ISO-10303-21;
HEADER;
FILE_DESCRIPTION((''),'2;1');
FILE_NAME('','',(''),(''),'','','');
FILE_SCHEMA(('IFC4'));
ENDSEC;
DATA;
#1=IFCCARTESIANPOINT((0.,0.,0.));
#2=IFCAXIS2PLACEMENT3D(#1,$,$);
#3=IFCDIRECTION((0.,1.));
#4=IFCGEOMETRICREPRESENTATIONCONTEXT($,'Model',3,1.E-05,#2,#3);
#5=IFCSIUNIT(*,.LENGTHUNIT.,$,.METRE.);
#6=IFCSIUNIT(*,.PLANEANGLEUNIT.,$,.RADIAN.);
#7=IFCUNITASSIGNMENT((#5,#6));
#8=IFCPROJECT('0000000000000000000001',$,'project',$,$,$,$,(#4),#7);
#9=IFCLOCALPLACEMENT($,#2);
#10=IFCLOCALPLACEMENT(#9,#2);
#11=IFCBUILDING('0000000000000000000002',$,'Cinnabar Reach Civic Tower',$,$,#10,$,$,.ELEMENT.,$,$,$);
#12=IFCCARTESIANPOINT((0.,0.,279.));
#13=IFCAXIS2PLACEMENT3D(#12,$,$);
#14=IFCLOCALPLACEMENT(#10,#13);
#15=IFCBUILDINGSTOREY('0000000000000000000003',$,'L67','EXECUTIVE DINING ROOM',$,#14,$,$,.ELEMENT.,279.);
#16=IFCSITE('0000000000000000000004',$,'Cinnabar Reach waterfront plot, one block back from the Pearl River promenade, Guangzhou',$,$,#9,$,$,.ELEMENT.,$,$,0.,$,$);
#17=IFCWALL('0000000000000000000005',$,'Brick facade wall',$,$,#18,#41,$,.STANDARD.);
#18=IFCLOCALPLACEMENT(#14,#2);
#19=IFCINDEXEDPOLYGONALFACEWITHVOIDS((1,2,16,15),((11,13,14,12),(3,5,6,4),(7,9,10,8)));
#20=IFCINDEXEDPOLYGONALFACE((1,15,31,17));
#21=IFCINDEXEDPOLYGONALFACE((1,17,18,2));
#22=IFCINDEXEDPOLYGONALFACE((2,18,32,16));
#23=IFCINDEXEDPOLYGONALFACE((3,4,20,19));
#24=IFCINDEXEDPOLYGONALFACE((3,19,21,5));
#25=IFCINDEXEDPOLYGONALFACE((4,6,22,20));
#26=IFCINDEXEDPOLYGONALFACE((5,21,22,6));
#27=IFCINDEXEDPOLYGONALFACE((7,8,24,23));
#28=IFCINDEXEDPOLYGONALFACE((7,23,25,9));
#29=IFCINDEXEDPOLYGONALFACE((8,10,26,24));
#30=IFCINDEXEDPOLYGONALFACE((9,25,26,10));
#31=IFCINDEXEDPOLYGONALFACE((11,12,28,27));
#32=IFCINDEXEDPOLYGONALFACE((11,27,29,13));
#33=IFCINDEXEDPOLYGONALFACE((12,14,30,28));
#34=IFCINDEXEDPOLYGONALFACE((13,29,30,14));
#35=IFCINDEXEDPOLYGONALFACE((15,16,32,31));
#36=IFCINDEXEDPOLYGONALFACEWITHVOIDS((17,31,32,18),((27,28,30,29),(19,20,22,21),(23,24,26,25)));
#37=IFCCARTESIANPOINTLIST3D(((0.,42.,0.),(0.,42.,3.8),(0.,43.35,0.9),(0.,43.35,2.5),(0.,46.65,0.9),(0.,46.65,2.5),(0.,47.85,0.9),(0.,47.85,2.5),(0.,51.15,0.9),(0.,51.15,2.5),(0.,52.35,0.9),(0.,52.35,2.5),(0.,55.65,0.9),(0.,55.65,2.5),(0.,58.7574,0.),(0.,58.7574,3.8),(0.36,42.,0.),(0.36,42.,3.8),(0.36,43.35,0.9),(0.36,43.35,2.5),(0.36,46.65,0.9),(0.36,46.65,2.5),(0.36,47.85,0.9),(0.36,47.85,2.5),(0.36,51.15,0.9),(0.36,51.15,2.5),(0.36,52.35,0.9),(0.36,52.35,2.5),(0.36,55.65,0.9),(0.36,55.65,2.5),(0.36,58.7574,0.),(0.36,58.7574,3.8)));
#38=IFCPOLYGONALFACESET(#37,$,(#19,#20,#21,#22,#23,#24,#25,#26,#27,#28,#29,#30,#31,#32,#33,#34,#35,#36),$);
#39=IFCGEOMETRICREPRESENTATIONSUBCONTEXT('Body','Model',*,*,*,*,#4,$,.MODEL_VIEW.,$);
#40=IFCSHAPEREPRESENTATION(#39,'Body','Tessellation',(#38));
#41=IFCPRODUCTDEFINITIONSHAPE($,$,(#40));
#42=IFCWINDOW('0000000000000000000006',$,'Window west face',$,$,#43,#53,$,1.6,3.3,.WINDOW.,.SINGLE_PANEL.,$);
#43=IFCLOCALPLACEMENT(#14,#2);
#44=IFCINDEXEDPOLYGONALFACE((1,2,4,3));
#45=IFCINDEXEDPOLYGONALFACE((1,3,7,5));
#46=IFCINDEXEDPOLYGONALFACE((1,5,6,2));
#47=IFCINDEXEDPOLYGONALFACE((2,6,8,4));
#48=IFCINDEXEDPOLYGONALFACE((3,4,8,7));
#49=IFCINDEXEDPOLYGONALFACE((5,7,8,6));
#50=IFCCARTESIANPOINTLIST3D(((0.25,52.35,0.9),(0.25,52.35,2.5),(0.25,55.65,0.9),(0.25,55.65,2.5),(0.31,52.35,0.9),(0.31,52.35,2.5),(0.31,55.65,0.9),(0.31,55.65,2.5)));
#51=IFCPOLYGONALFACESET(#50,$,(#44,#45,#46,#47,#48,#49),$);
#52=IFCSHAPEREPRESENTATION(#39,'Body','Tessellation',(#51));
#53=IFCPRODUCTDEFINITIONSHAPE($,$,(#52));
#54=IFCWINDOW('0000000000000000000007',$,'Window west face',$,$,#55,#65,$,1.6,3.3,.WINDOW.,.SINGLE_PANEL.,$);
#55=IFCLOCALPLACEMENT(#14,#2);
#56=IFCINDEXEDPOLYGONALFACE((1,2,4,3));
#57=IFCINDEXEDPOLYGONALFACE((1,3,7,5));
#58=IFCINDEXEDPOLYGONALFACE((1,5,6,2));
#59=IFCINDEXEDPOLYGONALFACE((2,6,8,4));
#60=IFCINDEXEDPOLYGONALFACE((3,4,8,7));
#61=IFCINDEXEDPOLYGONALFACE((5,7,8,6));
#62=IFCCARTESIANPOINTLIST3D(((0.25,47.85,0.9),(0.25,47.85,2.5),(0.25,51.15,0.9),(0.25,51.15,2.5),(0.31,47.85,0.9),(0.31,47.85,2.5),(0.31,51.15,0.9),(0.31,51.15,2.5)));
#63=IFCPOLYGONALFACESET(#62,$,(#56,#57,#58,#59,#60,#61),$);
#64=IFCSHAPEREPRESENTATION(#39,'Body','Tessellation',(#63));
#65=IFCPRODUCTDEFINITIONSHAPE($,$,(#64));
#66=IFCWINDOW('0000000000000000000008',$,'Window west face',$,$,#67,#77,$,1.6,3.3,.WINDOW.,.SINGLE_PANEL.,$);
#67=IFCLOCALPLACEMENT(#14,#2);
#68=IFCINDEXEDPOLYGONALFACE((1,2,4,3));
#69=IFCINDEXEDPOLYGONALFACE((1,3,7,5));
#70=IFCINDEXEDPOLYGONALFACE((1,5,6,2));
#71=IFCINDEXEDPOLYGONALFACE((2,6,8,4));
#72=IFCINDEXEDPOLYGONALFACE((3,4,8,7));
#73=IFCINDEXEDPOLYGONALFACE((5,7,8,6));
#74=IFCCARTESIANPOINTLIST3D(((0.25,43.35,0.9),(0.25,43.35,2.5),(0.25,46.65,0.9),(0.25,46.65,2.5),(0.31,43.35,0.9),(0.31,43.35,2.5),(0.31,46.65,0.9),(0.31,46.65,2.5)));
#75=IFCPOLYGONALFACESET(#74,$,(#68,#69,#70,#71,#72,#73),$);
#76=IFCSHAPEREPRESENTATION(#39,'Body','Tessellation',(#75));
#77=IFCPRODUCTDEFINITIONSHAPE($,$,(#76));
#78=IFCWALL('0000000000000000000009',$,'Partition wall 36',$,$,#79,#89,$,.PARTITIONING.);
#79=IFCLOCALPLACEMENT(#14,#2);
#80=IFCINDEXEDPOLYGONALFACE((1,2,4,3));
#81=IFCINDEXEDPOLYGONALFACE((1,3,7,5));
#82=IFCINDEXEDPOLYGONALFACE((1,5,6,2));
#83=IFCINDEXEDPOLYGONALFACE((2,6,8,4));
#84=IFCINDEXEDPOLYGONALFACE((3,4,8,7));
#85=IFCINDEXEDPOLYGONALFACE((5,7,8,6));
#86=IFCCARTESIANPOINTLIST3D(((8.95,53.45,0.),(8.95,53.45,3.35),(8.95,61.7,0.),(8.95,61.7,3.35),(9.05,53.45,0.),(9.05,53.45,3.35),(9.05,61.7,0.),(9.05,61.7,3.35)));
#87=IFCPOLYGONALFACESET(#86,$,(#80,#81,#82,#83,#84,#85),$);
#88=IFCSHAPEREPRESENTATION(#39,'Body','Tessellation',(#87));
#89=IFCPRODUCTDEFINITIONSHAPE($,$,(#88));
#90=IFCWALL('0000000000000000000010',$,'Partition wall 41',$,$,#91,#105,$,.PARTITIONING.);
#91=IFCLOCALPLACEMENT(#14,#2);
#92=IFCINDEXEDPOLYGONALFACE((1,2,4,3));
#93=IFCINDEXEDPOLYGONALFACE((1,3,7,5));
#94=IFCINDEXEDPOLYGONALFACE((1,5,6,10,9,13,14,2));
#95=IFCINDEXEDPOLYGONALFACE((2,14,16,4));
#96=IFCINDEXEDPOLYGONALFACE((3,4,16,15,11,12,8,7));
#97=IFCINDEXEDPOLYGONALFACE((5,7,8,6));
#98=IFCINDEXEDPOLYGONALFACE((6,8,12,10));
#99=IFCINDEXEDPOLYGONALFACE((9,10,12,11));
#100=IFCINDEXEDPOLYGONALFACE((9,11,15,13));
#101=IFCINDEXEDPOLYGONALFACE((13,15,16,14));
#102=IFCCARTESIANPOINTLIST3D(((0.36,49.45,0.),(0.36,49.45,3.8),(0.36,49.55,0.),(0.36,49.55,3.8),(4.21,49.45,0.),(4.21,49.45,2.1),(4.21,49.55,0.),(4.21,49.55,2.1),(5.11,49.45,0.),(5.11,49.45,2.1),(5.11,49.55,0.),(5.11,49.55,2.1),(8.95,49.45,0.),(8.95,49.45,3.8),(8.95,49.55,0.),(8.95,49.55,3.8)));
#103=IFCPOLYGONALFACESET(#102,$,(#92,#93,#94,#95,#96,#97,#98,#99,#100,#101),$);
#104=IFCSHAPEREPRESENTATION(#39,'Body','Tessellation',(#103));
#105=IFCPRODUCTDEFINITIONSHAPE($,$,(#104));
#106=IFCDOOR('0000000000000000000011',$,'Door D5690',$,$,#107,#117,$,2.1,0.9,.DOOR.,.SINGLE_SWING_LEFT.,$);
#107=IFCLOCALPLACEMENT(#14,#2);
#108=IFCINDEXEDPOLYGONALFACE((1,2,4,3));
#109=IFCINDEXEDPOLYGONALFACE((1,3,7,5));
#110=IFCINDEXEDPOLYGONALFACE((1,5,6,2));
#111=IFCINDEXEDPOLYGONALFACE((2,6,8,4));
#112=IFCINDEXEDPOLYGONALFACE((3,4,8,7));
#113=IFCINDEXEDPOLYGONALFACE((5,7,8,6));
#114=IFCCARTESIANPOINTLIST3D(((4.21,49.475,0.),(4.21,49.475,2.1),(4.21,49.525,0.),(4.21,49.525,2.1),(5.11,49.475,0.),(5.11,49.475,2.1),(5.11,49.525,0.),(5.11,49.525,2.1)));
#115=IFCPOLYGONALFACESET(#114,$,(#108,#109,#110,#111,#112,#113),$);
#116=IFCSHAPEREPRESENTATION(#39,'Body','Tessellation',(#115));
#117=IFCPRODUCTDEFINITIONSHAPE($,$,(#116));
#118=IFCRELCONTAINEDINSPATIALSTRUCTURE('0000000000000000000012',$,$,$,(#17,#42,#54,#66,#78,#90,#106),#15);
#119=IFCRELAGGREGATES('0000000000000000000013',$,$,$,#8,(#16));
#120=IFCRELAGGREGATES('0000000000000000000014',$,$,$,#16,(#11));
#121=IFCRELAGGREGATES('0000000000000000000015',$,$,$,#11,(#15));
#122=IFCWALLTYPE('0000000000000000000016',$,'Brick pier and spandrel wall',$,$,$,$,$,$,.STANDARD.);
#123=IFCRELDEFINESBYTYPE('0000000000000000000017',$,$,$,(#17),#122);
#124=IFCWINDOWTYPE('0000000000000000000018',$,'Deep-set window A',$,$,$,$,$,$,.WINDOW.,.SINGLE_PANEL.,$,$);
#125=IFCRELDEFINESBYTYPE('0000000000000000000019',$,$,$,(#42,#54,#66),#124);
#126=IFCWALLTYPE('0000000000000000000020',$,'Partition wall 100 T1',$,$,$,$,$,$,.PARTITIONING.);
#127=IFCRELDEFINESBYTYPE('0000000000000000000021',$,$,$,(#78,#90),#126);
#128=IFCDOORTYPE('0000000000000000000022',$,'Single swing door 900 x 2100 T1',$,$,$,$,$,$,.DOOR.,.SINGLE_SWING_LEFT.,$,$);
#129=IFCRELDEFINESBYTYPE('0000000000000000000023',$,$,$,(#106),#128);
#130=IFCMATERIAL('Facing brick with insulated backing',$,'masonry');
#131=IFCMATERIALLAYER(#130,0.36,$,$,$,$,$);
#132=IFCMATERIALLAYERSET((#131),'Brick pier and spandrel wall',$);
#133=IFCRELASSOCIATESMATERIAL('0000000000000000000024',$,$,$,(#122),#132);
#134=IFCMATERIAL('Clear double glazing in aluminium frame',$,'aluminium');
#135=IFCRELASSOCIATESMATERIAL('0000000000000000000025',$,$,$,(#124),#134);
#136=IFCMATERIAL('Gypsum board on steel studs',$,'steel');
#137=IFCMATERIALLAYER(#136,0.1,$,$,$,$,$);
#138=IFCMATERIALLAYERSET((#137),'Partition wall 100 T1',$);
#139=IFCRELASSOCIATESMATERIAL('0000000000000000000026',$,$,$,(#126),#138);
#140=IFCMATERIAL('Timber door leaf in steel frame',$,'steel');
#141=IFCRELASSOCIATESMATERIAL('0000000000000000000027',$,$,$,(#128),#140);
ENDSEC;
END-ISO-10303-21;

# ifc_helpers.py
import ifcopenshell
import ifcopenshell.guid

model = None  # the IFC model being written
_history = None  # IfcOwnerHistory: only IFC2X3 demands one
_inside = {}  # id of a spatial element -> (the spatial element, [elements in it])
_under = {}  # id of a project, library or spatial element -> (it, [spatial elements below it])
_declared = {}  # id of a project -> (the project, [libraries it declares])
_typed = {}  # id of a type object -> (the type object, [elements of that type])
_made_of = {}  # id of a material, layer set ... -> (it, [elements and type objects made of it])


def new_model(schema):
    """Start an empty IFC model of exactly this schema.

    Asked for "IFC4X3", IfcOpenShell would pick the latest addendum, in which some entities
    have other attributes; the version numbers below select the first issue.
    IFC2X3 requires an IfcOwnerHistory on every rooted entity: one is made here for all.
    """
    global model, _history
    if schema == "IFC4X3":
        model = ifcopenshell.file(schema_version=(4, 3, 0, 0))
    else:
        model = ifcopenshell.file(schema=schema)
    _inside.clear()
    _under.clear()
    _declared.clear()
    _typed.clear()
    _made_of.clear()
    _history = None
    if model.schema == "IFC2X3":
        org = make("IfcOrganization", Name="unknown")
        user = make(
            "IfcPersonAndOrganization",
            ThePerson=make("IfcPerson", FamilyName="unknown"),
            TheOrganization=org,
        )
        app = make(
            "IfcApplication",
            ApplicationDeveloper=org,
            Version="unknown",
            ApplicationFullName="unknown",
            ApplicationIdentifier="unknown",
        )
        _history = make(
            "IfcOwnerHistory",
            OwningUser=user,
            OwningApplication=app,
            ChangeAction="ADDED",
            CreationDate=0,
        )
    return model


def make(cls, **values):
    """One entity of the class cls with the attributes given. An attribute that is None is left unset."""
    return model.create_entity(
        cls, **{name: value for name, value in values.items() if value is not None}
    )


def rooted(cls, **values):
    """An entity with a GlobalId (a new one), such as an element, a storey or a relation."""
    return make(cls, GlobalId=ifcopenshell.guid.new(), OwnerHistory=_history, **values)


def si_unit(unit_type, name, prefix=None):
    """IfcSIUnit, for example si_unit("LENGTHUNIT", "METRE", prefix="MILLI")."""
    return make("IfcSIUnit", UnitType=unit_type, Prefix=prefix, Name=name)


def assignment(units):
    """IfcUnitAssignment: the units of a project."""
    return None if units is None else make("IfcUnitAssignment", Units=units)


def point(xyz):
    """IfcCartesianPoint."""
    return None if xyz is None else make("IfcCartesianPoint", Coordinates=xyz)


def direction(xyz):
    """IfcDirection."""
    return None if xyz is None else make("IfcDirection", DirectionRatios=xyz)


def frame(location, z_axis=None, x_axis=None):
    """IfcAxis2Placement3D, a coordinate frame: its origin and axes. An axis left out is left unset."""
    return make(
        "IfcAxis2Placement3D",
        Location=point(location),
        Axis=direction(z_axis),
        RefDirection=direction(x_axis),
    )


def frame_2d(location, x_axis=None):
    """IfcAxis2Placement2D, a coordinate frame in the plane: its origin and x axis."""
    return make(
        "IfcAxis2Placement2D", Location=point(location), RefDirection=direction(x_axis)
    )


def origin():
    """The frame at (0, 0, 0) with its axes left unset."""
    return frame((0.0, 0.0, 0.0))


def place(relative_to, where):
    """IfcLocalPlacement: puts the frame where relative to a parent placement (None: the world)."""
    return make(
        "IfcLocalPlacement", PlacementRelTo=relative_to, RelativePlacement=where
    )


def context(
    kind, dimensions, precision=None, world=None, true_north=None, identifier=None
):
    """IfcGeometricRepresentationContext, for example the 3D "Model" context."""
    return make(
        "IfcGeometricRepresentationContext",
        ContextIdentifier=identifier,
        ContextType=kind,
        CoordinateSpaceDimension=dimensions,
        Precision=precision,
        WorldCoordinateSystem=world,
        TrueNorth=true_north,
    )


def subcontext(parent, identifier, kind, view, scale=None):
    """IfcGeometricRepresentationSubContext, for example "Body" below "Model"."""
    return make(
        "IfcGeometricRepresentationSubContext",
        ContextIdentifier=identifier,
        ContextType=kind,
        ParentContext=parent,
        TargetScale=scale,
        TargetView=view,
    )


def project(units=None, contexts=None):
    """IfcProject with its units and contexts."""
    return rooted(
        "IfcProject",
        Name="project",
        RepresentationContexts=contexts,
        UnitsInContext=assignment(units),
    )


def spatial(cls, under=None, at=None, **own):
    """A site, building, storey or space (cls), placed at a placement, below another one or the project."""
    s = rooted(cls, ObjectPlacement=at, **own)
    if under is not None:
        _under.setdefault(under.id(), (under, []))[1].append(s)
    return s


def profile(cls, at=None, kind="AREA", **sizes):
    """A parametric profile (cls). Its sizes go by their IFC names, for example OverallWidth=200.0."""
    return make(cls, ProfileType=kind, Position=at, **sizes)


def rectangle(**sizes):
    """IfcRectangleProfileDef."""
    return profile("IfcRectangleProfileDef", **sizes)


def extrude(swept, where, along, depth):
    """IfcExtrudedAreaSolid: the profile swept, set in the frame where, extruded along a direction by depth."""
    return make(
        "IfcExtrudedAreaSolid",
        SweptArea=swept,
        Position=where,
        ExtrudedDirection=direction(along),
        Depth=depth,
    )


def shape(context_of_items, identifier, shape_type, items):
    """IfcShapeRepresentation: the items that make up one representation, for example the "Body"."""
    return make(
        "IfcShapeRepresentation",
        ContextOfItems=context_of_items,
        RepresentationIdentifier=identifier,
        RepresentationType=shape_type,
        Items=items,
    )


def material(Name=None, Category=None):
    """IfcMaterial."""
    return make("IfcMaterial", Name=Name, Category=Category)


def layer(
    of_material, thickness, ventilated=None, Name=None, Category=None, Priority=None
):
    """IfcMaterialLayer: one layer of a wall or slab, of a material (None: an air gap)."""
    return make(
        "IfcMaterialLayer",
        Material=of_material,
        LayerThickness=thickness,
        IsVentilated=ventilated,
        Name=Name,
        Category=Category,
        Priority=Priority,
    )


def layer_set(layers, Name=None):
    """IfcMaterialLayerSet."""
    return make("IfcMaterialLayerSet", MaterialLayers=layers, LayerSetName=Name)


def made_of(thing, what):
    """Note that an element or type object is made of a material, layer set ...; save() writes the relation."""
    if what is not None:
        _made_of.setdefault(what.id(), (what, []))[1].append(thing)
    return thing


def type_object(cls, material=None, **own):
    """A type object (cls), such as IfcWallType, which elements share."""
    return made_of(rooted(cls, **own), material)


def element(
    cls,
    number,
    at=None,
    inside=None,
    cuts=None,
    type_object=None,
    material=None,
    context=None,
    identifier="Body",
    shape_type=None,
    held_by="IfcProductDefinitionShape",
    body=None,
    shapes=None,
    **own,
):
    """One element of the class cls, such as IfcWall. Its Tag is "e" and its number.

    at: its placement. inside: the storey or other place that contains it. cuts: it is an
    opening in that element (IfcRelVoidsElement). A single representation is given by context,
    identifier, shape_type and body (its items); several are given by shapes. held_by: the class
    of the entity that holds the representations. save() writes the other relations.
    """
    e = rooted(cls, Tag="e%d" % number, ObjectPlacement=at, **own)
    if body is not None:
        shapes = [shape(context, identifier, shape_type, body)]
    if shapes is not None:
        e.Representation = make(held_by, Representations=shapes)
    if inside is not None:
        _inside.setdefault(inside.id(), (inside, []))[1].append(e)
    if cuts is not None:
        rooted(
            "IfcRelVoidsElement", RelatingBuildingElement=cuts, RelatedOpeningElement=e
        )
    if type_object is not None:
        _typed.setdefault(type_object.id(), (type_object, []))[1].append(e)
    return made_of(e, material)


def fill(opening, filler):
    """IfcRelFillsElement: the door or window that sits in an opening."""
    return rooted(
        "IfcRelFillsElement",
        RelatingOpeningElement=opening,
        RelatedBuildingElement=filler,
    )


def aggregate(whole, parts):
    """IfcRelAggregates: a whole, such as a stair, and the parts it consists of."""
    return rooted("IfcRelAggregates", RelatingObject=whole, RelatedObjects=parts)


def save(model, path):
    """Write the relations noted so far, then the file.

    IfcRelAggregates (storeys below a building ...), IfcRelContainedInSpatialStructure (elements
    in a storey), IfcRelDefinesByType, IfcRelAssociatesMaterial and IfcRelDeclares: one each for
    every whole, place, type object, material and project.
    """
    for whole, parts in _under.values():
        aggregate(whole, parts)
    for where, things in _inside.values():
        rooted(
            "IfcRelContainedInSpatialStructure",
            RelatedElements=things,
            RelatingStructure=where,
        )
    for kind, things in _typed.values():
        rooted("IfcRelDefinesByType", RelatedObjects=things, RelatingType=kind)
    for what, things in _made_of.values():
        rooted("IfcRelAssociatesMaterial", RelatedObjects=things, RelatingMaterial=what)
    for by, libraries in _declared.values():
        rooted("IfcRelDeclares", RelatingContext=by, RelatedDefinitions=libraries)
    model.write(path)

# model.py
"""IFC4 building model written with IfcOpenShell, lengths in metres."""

from ifc_helpers import new_model, si_unit, direction, frame, frame_2d, origin, place, context, subcontext, project, spatial, rectangle, extrude, material, layer, layer_set, type_object, element, fill, save


model = new_model("IFC4")

# Units and contexts
model_context = context("Model", 3, precision=1e-05, world=origin(), true_north=direction((0.0, 1.0)))
body_context = subcontext(model_context, "Body", "Model", "MODEL_VIEW")
ifc_project = project(units=[si_unit("LENGTHUNIT", "METRE"), si_unit("PLANEANGLEUNIT", "RADIAN")], contexts=[model_context])

# Site, building, storey
site_placement = place(None, origin())
site = spatial("IfcSite", under=ifc_project, at=site_placement, Name="Cinnabar Reach waterfront plot, one block back from the Pearl River promenade, Guangzhou", CompositionType="ELEMENT", RefElevation=0.0)
building_placement = place(site_placement, origin())
building = spatial("IfcBuilding", under=site, at=building_placement, Name="Cinnabar Reach Civic Tower", CompositionType="ELEMENT")
storey_placement = place(building_placement, frame((0.0, 0.0, 279.0)))
storey = spatial("IfcBuildingStorey", under=building, at=storey_placement, Name="L67", Description="EXECUTIVE DINING ROOM", CompositionType="ELEMENT", Elevation=279.0)

# Shared definitions
ifc_material_1 = material(Name="Facing brick with insulated backing", Category="masonry")
ifc_layer_1 = layer(ifc_material_1, 0.36)
ifc_layer_set_1 = layer_set([ifc_layer_1], Name="Brick pier and spandrel wall")
wall_type_1 = type_object("IfcWallType", Name="Brick pier and spandrel wall", PredefinedType="STANDARD", material=ifc_layer_set_1)

# Wall, openings, windows
wall_1_placement = place(storey_placement, frame((0.18, 58.7574, 0.0), z_axis=(0.0, 0.0, 1.0), x_axis=(0.0, -1.0, 0.0)))
wall_1 = element("IfcWall", 1, at=wall_1_placement, inside=storey, type_object=wall_type_1, Name="Brick facade wall", PredefinedType="STANDARD", context=body_context, shape_type="SweptSolid", body=[
    extrude(rectangle(XDim=16.7574, YDim=0.36, at=frame_2d((8.3787, 0.0))), origin(), (0.0, 0.0, 1.0), 3.8),
])
opening_1_placement = place(wall_1_placement, frame((3.1074, 0.0, 0.9)))
opening_1 = element("IfcOpeningElement", 2, at=opening_1_placement, cuts=wall_1, PredefinedType="OPENING", context=body_context, shape_type="SweptSolid", body=[
    extrude(rectangle(XDim=3.3, YDim=1.6, at=frame_2d((1.65, 0.8))), frame((0.0, 0.19, 0.0), z_axis=(0.0, -1.0, 0.0), x_axis=(1.0, 0.0, 0.0)), (0.0, 0.0, 1.0), 0.38),
])
opening_2_placement = place(wall_1_placement, frame((7.6074, 0.0, 0.9)))
opening_2 = element("IfcOpeningElement", 3, at=opening_2_placement, cuts=wall_1, PredefinedType="OPENING", context=body_context, shape_type="SweptSolid", body=[
    extrude(rectangle(XDim=3.3, YDim=1.6, at=frame_2d((1.65, 0.8))), frame((0.0, 0.19, 0.0), z_axis=(0.0, -1.0, 0.0), x_axis=(1.0, 0.0, 0.0)), (0.0, 0.0, 1.0), 0.38),
])
opening_3_placement = place(wall_1_placement, frame((12.1074, 0.0, 0.9)))
opening_3 = element("IfcOpeningElement", 4, at=opening_3_placement, cuts=wall_1, PredefinedType="OPENING", context=body_context, shape_type="SweptSolid", body=[
    extrude(rectangle(XDim=3.3, YDim=1.6, at=frame_2d((1.65, 0.8))), frame((0.0, 0.19, 0.0), z_axis=(0.0, -1.0, 0.0), x_axis=(1.0, 0.0, 0.0)), (0.0, 0.0, 1.0), 0.38),
])
ifc_material_2 = material(Name="Clear double glazing in aluminium frame", Category="aluminium")
window_type = type_object("IfcWindowType", Name="Deep-set window A", PartitioningType="SINGLE_PANEL", PredefinedType="WINDOW", material=ifc_material_2)
window_1_placement = place(opening_1_placement, origin())
window_1 = element("IfcWindow", 5, at=window_1_placement, inside=storey, type_object=window_type, Name="Window west face", OverallHeight=1.6, OverallWidth=3.3, PartitioningType="SINGLE_PANEL", PredefinedType="WINDOW", context=body_context, shape_type="SweptSolid", body=[
    extrude(rectangle(XDim=3.3, YDim=1.6, at=frame_2d((1.65, 0.8))), frame((0.0, 0.13, 0.0), z_axis=(0.0, -1.0, 0.0), x_axis=(1.0, 0.0, 0.0)), (0.0, 0.0, 1.0), 0.06),
])
fill(opening_1, window_1)
window_2_placement = place(opening_2_placement, origin())
window_2 = element("IfcWindow", 6, at=window_2_placement, inside=storey, type_object=window_type, Name="Window west face", OverallHeight=1.6, OverallWidth=3.3, PartitioningType="SINGLE_PANEL", PredefinedType="WINDOW", context=body_context, shape_type="SweptSolid", body=[
    extrude(rectangle(XDim=3.3, YDim=1.6, at=frame_2d((1.65, 0.8))), frame((0.0, 0.13, 0.0), z_axis=(0.0, -1.0, 0.0), x_axis=(1.0, 0.0, 0.0)), (0.0, 0.0, 1.0), 0.06),
])
fill(opening_2, window_2)
window_3_placement = place(opening_3_placement, origin())
window_3 = element("IfcWindow", 7, at=window_3_placement, inside=storey, type_object=window_type, Name="Window west face", OverallHeight=1.6, OverallWidth=3.3, PartitioningType="SINGLE_PANEL", PredefinedType="WINDOW", context=body_context, shape_type="SweptSolid", body=[
    extrude(rectangle(XDim=3.3, YDim=1.6, at=frame_2d((1.65, 0.8))), frame((0.0, 0.13, 0.0), z_axis=(0.0, -1.0, 0.0), x_axis=(1.0, 0.0, 0.0)), (0.0, 0.0, 1.0), 0.06),
])
fill(opening_3, window_3)

# Wall
ifc_material_3 = material(Name="Gypsum board on steel studs", Category="steel")
ifc_layer_2 = layer(ifc_material_3, 0.1)
ifc_layer_set_2 = layer_set([ifc_layer_2], Name="Partition wall 100 T1")
wall_type_2 = type_object("IfcWallType", Name="Partition wall 100 T1", PredefinedType="PARTITIONING", material=ifc_layer_set_2)
wall_2_placement = place(storey_placement, frame((9.0, 53.45, 0.0), z_axis=(0.0, 0.0, 1.0), x_axis=(0.0, 1.0, 0.0)))
element("IfcWall", 8, at=wall_2_placement, inside=storey, type_object=wall_type_2, Name="Partition wall 36", PredefinedType="PARTITIONING", context=body_context, shape_type="SweptSolid", body=[
    extrude(rectangle(XDim=8.25, YDim=0.1, at=frame_2d((4.125, 0.0))), origin(), (0.0, 0.0, 1.0), 3.35),
])

# Wall, opening, door
wall_3_placement = place(storey_placement, frame((0.36, 49.5, 0.0), z_axis=(0.0, 0.0, 1.0), x_axis=(1.0, 0.0, 0.0)))
wall_3 = element("IfcWall", 9, at=wall_3_placement, inside=storey, type_object=wall_type_2, Name="Partition wall 41", PredefinedType="PARTITIONING", context=body_context, shape_type="SweptSolid", body=[
    extrude(rectangle(XDim=8.59, YDim=0.1, at=frame_2d((4.295, 0.0))), origin(), (0.0, 0.0, 1.0), 3.8),
])
opening_4_placement = place(wall_3_placement, frame((3.85, 0.0, 0.0)))
opening_4 = element("IfcOpeningElement", 10, at=opening_4_placement, cuts=wall_3, PredefinedType="OPENING", context=body_context, shape_type="SweptSolid", body=[
    extrude(rectangle(XDim=0.9, YDim=2.1, at=frame_2d((0.45, 1.05))), frame((0.0, 0.06, 0.0), z_axis=(0.0, -1.0, 0.0), x_axis=(1.0, 0.0, 0.0)), (0.0, 0.0, 1.0), 0.12),
])
ifc_material_4 = material(Name="Timber door leaf in steel frame", Category="steel")
door_type = type_object("IfcDoorType", Name="Single swing door 900 x 2100 T1", OperationType="SINGLE_SWING_LEFT", PredefinedType="DOOR", material=ifc_material_4)
door_placement = place(opening_4_placement, frame((0.9, 0.0, 0.0), z_axis=(0.0, 0.0, 1.0), x_axis=(-1.0, 0.0, 0.0)))
door = element("IfcDoor", 11, at=door_placement, inside=storey, type_object=door_type, Name="Door D5690", OperationType="SINGLE_SWING_LEFT", OverallHeight=2.1, OverallWidth=0.9, PredefinedType="DOOR", context=body_context, shape_type="SweptSolid", body=[
    extrude(rectangle(XDim=0.9, YDim=2.1, at=frame_2d((0.45, 1.05))), frame((0.0, 0.025, 0.0), z_axis=(0.0, -1.0, 0.0), x_axis=(1.0, 0.0, 0.0)), (0.0, 0.0, 1.0), 0.05),
])
fill(opening_4, door)

save(model, "model.ifc")
